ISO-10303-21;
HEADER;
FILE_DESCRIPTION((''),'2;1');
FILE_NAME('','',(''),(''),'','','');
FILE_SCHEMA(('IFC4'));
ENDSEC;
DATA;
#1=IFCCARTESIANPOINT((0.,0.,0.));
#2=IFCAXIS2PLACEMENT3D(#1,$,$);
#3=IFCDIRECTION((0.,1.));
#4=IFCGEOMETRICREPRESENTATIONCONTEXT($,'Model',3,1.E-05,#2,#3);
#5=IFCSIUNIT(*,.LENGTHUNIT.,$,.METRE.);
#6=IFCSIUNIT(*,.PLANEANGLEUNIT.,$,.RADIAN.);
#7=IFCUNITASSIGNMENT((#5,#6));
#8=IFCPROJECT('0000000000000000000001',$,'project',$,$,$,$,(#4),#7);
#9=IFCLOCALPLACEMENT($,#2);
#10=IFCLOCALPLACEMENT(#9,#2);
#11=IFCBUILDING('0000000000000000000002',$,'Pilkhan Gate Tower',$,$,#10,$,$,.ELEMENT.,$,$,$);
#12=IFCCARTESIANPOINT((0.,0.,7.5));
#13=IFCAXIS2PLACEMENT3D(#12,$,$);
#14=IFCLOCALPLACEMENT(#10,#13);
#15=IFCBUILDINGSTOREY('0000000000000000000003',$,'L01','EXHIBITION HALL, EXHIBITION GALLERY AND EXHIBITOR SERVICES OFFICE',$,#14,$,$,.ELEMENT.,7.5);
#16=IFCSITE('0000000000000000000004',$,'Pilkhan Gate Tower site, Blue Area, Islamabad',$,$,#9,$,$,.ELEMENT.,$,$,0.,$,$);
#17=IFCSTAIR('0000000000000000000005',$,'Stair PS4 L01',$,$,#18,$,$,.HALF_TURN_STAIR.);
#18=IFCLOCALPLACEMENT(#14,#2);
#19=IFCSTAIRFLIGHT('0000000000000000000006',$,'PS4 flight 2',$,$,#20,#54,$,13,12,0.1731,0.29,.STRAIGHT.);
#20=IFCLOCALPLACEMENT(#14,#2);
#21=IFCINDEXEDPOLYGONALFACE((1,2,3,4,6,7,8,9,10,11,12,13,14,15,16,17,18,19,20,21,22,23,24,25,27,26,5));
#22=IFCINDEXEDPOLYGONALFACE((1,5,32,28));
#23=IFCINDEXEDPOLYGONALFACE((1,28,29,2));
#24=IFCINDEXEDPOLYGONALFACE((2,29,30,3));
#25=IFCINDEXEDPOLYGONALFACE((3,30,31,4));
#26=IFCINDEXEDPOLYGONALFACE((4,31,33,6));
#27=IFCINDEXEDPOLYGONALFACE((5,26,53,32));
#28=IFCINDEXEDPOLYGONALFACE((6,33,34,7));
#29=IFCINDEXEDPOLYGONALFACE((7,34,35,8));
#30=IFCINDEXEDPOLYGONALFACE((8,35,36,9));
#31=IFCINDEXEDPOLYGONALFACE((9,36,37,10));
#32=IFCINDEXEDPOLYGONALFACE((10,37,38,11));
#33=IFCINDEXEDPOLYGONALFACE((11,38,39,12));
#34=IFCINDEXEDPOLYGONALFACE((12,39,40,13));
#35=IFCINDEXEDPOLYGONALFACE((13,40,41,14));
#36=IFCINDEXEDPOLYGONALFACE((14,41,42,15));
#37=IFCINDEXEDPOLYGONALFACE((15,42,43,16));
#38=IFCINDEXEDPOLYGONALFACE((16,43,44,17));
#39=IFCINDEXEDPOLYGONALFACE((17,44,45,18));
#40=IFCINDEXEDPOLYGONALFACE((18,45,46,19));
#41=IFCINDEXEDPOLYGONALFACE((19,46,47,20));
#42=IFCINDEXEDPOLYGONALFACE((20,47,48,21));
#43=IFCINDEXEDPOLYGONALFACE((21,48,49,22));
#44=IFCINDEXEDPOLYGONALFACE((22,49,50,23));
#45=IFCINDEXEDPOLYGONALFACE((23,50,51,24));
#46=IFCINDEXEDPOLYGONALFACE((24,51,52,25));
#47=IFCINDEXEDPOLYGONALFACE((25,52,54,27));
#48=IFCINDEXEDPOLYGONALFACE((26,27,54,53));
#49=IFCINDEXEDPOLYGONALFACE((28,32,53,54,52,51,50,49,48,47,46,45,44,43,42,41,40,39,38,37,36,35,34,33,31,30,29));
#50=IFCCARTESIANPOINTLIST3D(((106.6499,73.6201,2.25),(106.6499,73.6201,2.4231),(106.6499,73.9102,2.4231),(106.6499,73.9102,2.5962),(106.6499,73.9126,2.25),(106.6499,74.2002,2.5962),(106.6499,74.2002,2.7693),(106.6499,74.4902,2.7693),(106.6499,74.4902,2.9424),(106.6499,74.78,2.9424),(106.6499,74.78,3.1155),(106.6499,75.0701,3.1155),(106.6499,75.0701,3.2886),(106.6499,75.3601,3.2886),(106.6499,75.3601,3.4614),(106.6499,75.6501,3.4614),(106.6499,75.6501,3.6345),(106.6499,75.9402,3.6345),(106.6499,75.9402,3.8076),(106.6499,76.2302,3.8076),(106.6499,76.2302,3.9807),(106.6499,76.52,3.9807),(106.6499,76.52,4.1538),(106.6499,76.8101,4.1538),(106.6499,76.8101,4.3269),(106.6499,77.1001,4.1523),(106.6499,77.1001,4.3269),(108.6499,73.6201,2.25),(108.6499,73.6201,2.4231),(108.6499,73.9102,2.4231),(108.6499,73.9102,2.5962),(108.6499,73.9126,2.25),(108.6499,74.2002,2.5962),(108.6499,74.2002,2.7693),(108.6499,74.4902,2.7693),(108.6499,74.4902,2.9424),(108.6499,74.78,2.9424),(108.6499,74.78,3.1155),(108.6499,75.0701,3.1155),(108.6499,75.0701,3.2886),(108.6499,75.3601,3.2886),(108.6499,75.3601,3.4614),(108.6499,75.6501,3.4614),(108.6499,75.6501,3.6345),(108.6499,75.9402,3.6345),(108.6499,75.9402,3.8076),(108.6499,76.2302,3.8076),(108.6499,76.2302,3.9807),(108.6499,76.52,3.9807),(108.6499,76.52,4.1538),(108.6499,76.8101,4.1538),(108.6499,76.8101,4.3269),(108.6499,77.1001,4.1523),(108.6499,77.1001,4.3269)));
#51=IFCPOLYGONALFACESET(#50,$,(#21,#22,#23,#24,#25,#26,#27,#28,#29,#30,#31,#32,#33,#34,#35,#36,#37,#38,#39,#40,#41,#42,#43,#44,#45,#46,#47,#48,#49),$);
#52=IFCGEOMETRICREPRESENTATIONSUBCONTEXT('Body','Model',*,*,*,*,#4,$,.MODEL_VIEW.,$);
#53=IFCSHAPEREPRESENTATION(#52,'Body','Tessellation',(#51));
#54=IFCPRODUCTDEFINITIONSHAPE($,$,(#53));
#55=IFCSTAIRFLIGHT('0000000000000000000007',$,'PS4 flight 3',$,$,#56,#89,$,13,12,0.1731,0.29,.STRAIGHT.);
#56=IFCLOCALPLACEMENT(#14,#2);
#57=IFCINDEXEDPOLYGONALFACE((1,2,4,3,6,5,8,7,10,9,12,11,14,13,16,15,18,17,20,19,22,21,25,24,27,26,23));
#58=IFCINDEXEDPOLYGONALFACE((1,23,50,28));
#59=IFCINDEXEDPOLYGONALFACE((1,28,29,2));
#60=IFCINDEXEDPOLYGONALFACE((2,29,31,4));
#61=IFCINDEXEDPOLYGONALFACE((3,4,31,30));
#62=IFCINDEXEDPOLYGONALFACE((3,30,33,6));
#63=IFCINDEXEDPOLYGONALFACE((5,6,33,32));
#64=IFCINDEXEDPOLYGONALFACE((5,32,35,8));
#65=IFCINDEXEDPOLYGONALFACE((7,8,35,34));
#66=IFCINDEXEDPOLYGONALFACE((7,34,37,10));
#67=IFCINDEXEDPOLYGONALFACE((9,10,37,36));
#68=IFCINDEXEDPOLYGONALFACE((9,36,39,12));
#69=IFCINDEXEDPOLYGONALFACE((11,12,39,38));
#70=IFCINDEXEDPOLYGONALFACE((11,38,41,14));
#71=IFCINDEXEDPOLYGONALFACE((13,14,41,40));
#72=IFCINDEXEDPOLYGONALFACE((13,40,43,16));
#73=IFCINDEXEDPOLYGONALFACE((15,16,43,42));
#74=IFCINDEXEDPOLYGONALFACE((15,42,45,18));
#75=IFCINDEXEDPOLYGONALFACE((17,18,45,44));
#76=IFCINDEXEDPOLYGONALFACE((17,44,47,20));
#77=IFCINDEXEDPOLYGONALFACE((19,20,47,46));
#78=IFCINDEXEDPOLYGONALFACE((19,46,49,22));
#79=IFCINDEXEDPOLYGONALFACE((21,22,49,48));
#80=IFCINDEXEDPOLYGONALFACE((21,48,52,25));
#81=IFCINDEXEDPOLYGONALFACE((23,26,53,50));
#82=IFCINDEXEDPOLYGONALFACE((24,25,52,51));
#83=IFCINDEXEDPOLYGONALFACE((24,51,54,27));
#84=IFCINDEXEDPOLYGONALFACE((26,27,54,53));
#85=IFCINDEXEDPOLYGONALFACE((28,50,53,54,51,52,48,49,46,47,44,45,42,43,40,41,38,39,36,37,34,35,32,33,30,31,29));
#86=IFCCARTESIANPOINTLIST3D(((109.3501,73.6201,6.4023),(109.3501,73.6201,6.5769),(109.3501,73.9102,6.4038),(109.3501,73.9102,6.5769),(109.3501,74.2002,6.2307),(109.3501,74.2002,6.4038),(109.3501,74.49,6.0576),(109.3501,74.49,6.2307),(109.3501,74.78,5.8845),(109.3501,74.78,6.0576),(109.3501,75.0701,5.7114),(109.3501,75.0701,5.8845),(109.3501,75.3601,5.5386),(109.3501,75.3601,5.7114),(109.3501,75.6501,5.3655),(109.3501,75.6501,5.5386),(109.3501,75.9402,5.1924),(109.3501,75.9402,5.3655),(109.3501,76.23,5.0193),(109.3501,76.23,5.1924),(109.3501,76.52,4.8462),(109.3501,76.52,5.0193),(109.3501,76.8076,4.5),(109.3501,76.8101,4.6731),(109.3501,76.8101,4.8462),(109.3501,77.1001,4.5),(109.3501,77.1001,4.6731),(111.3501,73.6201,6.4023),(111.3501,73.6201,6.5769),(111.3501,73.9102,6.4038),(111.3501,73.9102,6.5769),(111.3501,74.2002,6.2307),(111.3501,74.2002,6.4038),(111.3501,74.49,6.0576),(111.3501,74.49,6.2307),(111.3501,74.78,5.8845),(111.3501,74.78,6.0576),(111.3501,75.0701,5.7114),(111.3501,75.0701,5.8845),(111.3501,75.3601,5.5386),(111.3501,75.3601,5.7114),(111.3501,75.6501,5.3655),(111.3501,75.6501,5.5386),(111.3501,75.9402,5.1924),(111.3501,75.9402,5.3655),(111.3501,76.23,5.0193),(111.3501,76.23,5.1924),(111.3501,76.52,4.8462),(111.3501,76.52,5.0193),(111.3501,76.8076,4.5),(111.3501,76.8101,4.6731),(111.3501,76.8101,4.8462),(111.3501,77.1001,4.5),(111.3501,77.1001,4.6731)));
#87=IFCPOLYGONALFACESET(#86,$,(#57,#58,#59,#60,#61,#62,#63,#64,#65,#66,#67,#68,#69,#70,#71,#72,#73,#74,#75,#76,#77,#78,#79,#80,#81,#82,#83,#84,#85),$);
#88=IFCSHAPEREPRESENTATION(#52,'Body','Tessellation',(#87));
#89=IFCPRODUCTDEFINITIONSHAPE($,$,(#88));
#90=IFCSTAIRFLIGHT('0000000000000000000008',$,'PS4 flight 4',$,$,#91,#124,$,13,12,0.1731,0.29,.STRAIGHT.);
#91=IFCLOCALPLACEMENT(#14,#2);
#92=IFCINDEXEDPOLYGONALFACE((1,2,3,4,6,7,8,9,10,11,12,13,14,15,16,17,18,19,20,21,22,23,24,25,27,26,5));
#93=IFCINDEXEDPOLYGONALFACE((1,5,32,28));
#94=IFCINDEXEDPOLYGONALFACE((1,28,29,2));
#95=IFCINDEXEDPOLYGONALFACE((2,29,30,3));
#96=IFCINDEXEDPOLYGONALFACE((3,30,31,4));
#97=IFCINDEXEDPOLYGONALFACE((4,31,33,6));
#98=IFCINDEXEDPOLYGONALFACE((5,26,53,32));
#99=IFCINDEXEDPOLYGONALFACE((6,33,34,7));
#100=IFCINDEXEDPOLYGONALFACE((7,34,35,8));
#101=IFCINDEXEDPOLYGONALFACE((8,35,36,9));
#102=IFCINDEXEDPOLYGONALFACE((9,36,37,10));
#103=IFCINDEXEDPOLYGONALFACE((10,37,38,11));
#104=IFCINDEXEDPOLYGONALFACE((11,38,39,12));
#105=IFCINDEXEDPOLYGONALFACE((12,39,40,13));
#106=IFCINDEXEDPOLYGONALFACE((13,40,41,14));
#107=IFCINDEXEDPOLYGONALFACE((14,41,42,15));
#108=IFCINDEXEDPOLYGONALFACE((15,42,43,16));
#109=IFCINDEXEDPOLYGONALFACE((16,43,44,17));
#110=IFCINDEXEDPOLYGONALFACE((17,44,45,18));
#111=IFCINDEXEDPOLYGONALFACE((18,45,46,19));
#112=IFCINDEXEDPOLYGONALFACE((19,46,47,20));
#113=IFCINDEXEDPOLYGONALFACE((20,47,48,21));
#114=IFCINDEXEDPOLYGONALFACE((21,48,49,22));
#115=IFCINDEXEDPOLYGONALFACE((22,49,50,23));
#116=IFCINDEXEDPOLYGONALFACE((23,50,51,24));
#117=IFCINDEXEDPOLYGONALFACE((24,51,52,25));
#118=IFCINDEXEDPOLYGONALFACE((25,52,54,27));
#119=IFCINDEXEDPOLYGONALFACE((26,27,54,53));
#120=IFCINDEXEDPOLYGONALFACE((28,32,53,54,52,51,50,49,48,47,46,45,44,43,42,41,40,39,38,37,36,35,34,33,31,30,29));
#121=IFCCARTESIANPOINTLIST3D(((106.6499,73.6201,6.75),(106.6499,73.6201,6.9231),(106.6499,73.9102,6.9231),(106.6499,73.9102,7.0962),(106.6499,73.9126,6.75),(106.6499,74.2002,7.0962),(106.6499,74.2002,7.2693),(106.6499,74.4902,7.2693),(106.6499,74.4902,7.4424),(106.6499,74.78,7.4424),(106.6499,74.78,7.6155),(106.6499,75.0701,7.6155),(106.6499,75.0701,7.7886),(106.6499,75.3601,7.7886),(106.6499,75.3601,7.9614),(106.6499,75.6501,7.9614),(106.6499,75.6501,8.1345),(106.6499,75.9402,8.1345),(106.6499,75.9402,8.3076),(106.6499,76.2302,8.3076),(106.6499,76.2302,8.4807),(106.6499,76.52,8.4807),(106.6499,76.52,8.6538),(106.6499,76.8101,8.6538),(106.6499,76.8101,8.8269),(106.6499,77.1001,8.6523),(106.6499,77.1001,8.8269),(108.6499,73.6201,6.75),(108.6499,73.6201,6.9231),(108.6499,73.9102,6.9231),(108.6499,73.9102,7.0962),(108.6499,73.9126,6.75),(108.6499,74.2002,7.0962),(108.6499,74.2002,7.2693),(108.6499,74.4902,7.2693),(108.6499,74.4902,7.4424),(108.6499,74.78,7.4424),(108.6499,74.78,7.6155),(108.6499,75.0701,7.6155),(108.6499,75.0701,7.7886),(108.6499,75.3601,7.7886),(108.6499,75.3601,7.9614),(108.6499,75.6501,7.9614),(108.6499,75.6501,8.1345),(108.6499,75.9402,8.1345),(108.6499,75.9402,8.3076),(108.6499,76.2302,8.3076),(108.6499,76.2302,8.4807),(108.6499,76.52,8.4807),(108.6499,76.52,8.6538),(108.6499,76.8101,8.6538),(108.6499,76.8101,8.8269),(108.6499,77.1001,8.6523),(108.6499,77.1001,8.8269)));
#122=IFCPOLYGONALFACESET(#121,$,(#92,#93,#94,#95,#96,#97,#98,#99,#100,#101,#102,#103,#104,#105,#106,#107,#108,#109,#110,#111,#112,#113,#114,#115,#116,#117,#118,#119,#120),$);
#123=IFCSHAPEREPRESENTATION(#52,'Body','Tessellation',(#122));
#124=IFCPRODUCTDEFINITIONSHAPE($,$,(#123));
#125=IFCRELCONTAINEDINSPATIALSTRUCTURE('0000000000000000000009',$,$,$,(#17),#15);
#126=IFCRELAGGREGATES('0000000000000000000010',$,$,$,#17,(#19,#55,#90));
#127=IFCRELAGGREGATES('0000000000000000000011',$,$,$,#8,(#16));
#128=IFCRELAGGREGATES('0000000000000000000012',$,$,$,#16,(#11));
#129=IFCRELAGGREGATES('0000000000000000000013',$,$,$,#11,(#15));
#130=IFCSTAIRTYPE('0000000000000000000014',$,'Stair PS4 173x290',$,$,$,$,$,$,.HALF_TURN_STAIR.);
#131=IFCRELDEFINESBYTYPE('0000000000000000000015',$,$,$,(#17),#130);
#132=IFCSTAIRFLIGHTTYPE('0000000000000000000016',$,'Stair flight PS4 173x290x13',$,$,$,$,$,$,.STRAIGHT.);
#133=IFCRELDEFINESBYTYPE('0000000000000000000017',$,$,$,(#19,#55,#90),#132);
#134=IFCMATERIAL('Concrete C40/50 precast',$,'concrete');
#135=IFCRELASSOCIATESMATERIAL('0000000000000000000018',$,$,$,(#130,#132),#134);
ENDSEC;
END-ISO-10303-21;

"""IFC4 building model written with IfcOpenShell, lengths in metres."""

from ifc_helpers import new_model, si_unit, direction, frame, origin, place, context, subcontext, project, spatial, polyline, outline, extrude, material, type_object, element, aggregate, save


model = new_model("IFC4")

# Units and contexts
model_context = context("Model", 3, precision=1e-05, world=origin(), true_north=direction((0.0, 1.0)))
body_context = subcontext(model_context, "Body", "Model", "MODEL_VIEW")
ifc_project = project(units=[si_unit("LENGTHUNIT", "METRE"), si_unit("PLANEANGLEUNIT", "RADIAN")], contexts=[model_context])

# Site, building, storey
site_placement = place(None, origin())
site = spatial("IfcSite", under=ifc_project, at=site_placement, Name="Pilkhan Gate Tower site, Blue Area, Islamabad", CompositionType="ELEMENT", RefElevation=0.0)
building_placement = place(site_placement, origin())
building = spatial("IfcBuilding", under=site, at=building_placement, Name="Pilkhan Gate Tower", CompositionType="ELEMENT")
storey_placement = place(building_placement, frame((0.0, 0.0, 7.5)))
storey = spatial("IfcBuildingStorey", under=building, at=storey_placement, Name="L01", Description="EXHIBITION HALL, EXHIBITION GALLERY AND EXHIBITOR SERVICES OFFICE", CompositionType="ELEMENT", Elevation=7.5)

# Stair, stair flights
ifc_material_1 = material(Name="Concrete C40/50 precast", Category="concrete")
stair_type = type_object("IfcStairType", Name="Stair PS4 173x290", PredefinedType="HALF_TURN_STAIR", material=ifc_material_1)
stair_placement = place(storey_placement, origin())
stair = element("IfcStair", 1, at=stair_placement, inside=storey, type_object=stair_type, Name="Stair PS4 L01", PredefinedType="HALF_TURN_STAIR")
stair_flight_type = type_object("IfcStairFlightType", Name="Stair flight PS4 173x290x13", PredefinedType="STRAIGHT", material=ifc_material_1)
stair_flight_1_placement = place(storey_placement, frame((107.6499, 73.6201, 2.25), z_axis=(0.0, 0.0, 1.0), x_axis=(0.0, 1.0, 0.0)))
stair_flight_1 = element("IfcStairFlight", 2, at=stair_flight_1_placement, type_object=stair_flight_type, Name="PS4 flight 2", NumberOfRisers=13, NumberOfTreads=12, PredefinedType="STRAIGHT", RiserHeight=0.1731, TreadLength=0.29, context=body_context, shape_type="SweptSolid", body=[
    extrude(outline(polyline([(0.0, 0.0), (0.0, 0.1731), (0.29, 0.1731), (0.29, 0.3462), (0.5801, 0.3462), (0.5801, 0.5193), (0.8701, 0.5193), (0.8701, 0.6924), (1.1599, 0.6924), (1.1599, 0.8655), (1.45, 0.8655), (1.45, 1.0386), (1.74, 1.0386), (1.74, 1.2114), (2.03, 1.2114), (2.03, 1.3845), (2.3201, 1.3845), (2.3201, 1.5576), (2.6101, 1.5576), (2.6101, 1.7307), (2.8999, 1.7307), (2.8999, 1.9038), (3.1899, 1.9038), (3.1899, 2.0769), (3.48, 2.0769), (3.48, 2.25), (3.48, 1.9023), (0.2925, 0.0), (0.0, 0.0)])), frame((0.0, 1.0, 0.0), z_axis=(0.0, -1.0, 0.0), x_axis=(1.0, 0.0, 0.0)), (0.0, 0.0, 1.0), 2.0),
])
stair_flight_2_placement = place(storey_placement, frame((110.3501, 77.1001, 4.5), z_axis=(0.0, 0.0, 1.0), x_axis=(0.0, -1.0, 0.0)))
stair_flight_2 = element("IfcStairFlight", 3, at=stair_flight_2_placement, type_object=stair_flight_type, Name="PS4 flight 3", NumberOfRisers=13, NumberOfTreads=12, PredefinedType="STRAIGHT", RiserHeight=0.1731, TreadLength=0.29, context=body_context, shape_type="SweptSolid", body=[
    extrude(outline(polyline([(0.0, 0.0), (0.0, 0.1731), (0.29, 0.1731), (0.29, 0.3462), (0.5801, 0.3462), (0.5801, 0.5193), (0.8701, 0.5193), (0.8701, 0.6924), (1.1599, 0.6924), (1.1599, 0.8655), (1.45, 0.8655), (1.45, 1.0386), (1.74, 1.0386), (1.74, 1.2114), (2.03, 1.2114), (2.03, 1.3845), (2.3201, 1.3845), (2.3201, 1.5576), (2.6101, 1.5576), (2.6101, 1.7307), (2.8999, 1.7307), (2.8999, 1.9038), (3.1899, 1.9038), (3.1899, 2.0769), (3.48, 2.0769), (3.48, 2.25), (3.48, 1.9023), (0.2925, 0.0), (0.0, 0.0)])), frame((0.0, 1.0, 0.0), z_axis=(0.0, -1.0, 0.0), x_axis=(1.0, 0.0, 0.0)), (0.0, 0.0, 1.0), 2.0),
])
stair_flight_3_placement = place(storey_placement, frame((107.6499, 73.6201, 6.75), z_axis=(0.0, 0.0, 1.0), x_axis=(0.0, 1.0, 0.0)))
stair_flight_3 = element("IfcStairFlight", 4, at=stair_flight_3_placement, type_object=stair_flight_type, Name="PS4 flight 4", NumberOfRisers=13, NumberOfTreads=12, PredefinedType="STRAIGHT", RiserHeight=0.1731, TreadLength=0.29, context=body_context, shape_type="SweptSolid", body=[
    extrude(outline(polyline([(0.0, 0.0), (0.0, 0.1731), (0.29, 0.1731), (0.29, 0.3462), (0.5801, 0.3462), (0.5801, 0.5193), (0.8701, 0.5193), (0.8701, 0.6924), (1.1599, 0.6924), (1.1599, 0.8655), (1.45, 0.8655), (1.45, 1.0386), (1.74, 1.0386), (1.74, 1.2114), (2.03, 1.2114), (2.03, 1.3845), (2.3201, 1.3845), (2.3201, 1.5576), (2.6101, 1.5576), (2.6101, 1.7307), (2.8999, 1.7307), (2.8999, 1.9038), (3.1899, 1.9038), (3.1899, 2.0769), (3.48, 2.0769), (3.48, 2.25), (3.48, 1.9023), (0.2925, 0.0), (0.0, 0.0)])), frame((0.0, 1.0, 0.0), z_axis=(0.0, -1.0, 0.0), x_axis=(1.0, 0.0, 0.0)), (0.0, 0.0, 1.0), 2.0),
])
aggregate(stair, [stair_flight_1, stair_flight_2, stair_flight_3])

save(model, "model.ifc")
